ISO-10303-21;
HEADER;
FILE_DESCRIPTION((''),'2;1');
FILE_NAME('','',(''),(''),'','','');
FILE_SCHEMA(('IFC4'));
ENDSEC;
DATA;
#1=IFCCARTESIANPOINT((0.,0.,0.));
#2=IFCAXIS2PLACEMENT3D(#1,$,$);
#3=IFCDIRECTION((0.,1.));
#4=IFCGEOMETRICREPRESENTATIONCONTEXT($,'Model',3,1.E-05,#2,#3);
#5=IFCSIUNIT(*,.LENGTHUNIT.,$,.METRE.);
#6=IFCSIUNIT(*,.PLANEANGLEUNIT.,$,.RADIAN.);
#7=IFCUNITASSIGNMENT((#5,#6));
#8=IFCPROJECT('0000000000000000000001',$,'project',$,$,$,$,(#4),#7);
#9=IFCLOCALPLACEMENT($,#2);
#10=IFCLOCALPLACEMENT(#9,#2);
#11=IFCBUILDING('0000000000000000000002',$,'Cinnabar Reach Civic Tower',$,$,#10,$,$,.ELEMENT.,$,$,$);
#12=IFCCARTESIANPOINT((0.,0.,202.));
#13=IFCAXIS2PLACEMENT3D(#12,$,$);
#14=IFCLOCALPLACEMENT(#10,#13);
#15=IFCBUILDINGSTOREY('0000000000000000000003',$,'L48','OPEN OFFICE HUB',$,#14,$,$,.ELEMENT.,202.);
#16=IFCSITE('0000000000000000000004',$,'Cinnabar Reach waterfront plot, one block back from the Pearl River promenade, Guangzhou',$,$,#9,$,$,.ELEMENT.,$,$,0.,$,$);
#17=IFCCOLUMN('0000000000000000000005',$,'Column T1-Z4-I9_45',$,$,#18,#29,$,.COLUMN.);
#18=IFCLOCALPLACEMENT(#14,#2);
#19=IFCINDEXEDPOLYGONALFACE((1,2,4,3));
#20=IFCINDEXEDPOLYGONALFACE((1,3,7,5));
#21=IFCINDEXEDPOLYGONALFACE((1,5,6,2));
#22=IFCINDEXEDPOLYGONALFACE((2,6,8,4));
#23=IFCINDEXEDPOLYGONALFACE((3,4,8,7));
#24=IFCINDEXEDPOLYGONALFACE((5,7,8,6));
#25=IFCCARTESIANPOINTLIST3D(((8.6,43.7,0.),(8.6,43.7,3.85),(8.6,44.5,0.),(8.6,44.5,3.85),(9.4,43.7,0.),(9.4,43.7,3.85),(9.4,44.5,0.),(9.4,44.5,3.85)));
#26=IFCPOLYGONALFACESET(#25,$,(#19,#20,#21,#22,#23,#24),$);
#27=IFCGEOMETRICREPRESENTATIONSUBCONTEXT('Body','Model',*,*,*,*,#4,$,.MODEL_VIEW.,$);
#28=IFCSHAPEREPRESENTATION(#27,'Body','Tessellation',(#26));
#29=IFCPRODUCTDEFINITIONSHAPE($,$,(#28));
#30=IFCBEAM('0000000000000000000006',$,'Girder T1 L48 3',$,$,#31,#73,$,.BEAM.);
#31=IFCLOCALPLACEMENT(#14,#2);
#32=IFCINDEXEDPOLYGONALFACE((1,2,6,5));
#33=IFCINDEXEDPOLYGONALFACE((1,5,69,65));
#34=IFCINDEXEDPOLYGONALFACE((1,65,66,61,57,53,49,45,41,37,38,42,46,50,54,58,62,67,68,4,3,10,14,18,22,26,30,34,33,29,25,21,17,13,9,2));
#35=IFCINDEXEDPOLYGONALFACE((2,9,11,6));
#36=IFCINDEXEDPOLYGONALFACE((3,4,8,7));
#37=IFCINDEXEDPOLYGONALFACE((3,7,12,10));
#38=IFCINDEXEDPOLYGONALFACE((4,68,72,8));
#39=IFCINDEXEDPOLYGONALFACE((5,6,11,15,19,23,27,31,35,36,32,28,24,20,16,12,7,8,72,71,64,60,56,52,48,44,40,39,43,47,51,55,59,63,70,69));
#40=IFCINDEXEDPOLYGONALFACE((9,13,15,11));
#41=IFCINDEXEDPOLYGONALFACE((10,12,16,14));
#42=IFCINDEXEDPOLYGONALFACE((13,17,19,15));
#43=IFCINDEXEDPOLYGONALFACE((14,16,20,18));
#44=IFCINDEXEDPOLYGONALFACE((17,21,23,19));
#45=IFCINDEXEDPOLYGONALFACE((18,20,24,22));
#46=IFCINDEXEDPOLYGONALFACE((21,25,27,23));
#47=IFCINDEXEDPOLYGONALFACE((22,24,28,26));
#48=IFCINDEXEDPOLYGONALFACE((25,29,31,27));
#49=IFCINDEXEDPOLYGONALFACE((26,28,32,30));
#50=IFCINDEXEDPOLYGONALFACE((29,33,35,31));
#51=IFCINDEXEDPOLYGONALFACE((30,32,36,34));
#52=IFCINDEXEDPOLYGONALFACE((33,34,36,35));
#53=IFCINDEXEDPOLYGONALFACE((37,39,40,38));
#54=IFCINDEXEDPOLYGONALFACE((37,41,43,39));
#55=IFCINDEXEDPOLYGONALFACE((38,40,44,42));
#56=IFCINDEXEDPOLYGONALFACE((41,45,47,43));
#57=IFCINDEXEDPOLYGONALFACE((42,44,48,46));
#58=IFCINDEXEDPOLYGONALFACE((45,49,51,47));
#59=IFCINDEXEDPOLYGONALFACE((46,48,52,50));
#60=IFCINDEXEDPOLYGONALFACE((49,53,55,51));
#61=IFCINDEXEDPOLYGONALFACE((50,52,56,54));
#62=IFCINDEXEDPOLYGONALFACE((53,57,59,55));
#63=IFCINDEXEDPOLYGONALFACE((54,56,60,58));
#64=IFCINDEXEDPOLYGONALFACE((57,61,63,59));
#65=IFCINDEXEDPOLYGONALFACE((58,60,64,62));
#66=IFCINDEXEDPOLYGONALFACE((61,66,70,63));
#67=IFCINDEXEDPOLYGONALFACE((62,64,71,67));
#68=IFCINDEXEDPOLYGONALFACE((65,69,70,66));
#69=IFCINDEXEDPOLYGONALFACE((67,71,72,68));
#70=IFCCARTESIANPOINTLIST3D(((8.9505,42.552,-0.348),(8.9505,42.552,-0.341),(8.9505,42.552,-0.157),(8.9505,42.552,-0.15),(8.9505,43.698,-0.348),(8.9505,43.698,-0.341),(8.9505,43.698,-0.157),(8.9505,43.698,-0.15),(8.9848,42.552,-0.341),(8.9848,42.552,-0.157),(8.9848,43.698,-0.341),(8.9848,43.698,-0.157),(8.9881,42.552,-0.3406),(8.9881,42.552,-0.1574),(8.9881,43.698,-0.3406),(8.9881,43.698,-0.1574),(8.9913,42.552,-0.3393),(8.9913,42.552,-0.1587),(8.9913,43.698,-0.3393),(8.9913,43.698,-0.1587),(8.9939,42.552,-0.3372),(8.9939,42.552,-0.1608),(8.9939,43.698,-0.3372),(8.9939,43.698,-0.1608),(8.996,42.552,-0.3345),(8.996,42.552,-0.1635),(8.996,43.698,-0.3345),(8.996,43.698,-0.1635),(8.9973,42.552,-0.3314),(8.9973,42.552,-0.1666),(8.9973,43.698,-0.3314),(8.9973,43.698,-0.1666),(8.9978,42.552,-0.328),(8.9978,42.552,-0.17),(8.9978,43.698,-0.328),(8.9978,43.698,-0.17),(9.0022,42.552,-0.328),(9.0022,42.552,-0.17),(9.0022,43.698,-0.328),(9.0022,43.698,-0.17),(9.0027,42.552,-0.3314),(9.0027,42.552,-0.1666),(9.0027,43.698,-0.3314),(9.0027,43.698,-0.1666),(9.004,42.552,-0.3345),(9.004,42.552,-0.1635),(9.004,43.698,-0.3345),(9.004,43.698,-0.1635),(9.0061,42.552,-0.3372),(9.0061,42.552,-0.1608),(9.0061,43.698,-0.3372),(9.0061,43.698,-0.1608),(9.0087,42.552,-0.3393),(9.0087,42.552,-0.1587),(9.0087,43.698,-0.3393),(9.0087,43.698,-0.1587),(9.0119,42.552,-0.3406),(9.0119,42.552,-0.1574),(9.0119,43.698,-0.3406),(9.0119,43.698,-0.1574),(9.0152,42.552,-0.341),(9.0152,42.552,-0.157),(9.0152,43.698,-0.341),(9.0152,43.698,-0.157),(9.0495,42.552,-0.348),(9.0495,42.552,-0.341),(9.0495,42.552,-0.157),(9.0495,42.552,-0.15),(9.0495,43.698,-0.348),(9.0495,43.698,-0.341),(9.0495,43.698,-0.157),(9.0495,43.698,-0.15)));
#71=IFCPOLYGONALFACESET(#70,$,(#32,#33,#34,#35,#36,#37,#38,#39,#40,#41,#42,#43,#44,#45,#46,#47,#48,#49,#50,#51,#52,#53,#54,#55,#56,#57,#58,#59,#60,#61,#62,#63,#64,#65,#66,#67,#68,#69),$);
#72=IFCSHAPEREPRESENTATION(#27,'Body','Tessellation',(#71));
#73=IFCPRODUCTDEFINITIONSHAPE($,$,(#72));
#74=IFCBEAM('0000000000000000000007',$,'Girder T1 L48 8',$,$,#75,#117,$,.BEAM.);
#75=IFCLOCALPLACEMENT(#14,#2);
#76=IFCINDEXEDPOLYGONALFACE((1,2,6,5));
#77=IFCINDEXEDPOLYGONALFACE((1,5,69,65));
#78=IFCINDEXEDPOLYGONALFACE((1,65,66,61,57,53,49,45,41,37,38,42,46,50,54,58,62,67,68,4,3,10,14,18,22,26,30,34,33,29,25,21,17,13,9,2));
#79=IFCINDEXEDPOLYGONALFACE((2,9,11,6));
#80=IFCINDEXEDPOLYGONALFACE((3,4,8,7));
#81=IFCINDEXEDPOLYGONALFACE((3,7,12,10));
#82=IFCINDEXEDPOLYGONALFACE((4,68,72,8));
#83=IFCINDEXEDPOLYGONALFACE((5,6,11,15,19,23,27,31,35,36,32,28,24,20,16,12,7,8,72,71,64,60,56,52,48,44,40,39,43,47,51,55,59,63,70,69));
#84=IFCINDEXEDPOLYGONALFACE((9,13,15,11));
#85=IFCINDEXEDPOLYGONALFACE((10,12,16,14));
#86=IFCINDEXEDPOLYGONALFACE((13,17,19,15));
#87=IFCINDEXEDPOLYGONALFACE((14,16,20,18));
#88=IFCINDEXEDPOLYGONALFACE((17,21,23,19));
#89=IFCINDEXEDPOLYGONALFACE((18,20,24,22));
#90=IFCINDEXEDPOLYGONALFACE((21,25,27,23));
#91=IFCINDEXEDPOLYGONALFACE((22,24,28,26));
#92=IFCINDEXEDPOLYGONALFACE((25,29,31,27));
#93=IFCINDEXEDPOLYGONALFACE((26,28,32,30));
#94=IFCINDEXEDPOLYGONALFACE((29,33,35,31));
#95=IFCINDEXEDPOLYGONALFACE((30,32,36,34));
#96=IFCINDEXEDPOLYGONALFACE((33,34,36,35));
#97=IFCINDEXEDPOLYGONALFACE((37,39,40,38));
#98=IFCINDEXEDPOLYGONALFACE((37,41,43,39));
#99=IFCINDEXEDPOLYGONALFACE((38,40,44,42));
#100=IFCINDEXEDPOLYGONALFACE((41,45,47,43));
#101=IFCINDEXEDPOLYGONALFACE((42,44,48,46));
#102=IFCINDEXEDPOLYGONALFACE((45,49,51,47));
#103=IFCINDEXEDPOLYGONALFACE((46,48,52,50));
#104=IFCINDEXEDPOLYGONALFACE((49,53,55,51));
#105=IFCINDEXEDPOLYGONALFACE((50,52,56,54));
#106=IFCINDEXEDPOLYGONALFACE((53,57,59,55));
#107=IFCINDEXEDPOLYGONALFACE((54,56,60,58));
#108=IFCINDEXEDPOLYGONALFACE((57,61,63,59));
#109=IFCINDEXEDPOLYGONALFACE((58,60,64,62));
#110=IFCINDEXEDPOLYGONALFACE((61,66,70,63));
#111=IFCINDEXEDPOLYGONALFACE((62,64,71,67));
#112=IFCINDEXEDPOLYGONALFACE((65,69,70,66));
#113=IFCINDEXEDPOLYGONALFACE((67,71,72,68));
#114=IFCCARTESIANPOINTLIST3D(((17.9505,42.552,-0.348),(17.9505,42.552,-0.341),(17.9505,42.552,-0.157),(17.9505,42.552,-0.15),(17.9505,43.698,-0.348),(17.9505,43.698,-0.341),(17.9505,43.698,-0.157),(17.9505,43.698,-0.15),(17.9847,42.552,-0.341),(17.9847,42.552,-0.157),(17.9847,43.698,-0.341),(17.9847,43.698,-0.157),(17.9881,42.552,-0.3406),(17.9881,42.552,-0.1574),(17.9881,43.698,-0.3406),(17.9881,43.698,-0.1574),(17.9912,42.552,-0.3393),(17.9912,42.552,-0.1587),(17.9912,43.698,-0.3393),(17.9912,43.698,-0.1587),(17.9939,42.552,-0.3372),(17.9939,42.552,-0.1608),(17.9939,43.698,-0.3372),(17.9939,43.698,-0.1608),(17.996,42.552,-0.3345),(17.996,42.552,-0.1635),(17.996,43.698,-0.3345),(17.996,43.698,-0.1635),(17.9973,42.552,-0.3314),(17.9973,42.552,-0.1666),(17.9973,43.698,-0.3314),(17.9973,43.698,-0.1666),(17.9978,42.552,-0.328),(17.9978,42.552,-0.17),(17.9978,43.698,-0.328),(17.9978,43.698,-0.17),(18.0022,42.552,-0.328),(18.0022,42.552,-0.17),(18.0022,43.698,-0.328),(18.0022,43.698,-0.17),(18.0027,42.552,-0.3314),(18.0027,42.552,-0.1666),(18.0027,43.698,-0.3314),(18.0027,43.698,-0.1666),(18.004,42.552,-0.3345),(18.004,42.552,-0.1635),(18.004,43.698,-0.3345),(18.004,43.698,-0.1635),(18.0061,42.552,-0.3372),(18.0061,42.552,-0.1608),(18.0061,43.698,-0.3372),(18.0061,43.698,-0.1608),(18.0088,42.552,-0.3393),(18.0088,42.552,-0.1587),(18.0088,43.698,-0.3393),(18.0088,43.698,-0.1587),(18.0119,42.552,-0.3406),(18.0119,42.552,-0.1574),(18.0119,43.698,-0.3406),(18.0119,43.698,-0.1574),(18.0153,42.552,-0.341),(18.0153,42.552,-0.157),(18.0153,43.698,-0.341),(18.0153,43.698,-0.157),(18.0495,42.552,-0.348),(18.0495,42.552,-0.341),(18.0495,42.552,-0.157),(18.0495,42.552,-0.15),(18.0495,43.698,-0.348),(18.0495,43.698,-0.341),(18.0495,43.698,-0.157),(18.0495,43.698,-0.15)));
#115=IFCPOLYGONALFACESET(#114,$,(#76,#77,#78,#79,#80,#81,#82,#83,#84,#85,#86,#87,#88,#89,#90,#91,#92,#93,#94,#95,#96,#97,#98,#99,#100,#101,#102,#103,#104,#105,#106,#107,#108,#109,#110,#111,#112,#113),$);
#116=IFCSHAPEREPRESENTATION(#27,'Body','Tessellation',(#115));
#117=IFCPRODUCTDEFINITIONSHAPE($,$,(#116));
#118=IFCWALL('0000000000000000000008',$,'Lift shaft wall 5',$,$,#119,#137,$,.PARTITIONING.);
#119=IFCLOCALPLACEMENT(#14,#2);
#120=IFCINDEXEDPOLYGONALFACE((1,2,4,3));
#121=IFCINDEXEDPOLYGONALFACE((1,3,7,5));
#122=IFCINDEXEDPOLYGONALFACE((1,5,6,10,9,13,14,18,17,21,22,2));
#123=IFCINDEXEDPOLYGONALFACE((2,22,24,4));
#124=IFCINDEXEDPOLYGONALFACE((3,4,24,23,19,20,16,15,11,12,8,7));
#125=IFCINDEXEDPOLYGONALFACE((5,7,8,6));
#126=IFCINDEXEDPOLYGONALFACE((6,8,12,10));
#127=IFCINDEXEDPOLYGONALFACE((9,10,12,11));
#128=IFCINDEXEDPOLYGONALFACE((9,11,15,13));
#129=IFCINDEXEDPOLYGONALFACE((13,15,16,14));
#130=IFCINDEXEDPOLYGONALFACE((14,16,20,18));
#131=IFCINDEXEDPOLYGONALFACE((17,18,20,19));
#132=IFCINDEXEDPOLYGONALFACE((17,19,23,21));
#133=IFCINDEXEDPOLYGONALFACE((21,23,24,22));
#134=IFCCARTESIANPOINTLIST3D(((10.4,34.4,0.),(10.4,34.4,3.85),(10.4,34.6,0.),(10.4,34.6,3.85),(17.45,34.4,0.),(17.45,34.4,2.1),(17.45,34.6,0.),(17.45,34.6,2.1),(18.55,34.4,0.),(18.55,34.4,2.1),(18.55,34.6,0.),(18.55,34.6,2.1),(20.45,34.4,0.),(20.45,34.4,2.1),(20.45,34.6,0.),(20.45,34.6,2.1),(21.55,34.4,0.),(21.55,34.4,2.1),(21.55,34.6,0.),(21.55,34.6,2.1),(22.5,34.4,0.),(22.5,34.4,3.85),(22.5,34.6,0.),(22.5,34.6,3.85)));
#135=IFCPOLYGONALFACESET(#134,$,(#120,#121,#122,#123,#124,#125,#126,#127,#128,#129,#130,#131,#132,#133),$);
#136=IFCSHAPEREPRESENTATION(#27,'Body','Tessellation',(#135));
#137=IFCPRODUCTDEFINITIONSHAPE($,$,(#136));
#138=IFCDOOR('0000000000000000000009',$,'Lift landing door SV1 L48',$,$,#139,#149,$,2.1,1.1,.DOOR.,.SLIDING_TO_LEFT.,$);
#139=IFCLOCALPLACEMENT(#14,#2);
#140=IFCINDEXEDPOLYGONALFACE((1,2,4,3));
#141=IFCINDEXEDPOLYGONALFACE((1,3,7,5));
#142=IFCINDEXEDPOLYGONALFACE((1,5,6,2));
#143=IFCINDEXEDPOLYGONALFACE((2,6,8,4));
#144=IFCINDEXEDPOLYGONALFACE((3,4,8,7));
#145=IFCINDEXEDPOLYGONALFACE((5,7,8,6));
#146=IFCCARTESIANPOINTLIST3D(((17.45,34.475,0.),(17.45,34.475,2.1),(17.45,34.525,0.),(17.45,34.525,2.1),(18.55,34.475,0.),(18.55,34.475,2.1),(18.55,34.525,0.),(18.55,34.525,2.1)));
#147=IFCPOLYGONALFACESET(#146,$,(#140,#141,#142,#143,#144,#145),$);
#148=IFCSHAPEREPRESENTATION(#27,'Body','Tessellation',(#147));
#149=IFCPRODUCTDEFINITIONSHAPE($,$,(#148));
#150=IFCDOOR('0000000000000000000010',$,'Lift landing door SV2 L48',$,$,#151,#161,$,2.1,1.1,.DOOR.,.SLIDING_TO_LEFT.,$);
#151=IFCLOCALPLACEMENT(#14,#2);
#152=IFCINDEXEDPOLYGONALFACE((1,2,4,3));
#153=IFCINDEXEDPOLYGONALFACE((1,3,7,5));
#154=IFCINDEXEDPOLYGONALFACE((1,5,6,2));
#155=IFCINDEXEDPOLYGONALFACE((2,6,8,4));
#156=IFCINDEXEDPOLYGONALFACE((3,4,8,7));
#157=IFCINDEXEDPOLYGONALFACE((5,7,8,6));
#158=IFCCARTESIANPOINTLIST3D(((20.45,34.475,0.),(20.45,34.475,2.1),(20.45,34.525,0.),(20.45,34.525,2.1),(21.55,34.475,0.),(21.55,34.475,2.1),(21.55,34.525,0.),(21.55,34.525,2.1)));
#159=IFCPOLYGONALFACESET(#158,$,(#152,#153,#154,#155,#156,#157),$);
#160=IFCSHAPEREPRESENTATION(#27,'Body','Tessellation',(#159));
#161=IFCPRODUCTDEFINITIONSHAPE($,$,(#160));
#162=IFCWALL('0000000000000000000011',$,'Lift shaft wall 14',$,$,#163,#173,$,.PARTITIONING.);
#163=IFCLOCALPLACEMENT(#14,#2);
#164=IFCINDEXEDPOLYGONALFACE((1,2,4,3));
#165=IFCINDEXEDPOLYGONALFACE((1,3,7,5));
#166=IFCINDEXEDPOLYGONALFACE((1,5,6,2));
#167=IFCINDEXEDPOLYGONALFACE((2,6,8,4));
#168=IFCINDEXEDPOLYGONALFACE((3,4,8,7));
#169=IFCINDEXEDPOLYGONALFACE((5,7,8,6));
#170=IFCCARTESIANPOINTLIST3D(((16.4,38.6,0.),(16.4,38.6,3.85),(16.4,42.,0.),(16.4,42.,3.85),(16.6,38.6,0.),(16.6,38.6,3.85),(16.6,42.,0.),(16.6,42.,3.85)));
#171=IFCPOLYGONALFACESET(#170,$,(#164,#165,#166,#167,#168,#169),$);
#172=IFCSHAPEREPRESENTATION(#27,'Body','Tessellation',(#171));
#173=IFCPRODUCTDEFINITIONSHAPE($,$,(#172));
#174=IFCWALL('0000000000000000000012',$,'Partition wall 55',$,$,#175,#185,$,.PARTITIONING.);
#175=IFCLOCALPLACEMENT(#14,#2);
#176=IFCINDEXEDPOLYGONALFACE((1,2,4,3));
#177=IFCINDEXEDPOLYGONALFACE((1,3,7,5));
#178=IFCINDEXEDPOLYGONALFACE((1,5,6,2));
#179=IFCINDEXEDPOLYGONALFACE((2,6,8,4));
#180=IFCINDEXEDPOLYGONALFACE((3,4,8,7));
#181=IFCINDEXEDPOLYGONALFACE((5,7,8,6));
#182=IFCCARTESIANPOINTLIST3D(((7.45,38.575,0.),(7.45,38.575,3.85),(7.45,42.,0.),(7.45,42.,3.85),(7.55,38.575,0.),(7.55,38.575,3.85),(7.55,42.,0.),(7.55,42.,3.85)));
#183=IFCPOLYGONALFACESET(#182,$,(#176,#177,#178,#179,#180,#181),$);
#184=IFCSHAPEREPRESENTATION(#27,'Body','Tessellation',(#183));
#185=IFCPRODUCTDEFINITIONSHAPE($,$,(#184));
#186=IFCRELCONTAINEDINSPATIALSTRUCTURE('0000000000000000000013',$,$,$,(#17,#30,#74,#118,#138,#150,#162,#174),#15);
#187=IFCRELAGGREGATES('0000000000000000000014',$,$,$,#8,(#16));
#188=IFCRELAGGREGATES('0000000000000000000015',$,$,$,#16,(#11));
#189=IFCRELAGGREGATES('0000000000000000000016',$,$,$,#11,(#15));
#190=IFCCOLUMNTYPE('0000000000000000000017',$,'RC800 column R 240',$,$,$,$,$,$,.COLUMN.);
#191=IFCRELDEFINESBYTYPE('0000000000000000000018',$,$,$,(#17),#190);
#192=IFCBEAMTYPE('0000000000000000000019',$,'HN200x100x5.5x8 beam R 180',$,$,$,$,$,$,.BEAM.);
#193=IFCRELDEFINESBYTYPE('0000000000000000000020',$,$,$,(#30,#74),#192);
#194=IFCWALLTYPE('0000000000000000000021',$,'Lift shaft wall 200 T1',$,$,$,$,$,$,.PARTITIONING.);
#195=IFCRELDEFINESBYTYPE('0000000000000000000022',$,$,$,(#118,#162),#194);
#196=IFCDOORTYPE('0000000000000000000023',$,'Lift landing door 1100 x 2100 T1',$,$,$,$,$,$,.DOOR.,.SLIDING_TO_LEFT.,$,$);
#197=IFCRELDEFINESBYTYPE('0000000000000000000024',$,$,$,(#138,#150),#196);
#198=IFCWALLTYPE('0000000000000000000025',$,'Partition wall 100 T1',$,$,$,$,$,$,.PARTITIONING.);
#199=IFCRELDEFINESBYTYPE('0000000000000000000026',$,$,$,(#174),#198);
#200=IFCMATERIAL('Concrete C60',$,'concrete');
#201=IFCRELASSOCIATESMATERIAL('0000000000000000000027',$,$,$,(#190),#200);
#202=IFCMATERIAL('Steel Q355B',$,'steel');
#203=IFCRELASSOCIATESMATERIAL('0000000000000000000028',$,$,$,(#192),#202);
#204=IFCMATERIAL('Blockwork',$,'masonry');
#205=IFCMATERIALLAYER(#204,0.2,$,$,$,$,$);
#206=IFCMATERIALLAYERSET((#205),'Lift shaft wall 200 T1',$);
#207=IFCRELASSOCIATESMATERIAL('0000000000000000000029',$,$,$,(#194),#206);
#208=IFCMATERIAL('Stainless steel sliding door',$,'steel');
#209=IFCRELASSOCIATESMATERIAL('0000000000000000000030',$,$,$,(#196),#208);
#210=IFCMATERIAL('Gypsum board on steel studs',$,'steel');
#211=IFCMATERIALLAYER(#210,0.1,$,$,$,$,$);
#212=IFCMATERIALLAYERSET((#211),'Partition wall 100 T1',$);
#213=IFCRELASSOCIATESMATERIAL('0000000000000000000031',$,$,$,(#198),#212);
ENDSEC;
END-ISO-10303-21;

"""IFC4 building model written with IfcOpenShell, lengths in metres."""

from ifc_helpers import new_model, si_unit, direction, frame, frame_2d, origin, origin_2d, place, context, subcontext, project, spatial, rectangle, i_section, extrude, material, layer, layer_set, material_profile, profile_set, type_object, element, fill, save


model = new_model("IFC4")

# Units and contexts
model_context = context("Model", 3, precision=1e-05, world=origin(), true_north=direction((0.0, 1.0)))
body_context = subcontext(model_context, "Body", "Model", "MODEL_VIEW")
ifc_project = project(units=[si_unit("LENGTHUNIT", "METRE"), si_unit("PLANEANGLEUNIT", "RADIAN")], contexts=[model_context])

# Site, building, storey
site_placement = place(None, origin())
site = spatial("IfcSite", under=ifc_project, at=site_placement, Name="Cinnabar Reach waterfront plot, one block back from the Pearl River promenade, Guangzhou", CompositionType="ELEMENT", RefElevation=0.0)
building_placement = place(site_placement, origin())
building = spatial("IfcBuilding", under=site, at=building_placement, Name="Cinnabar Reach Civic Tower", CompositionType="ELEMENT")
storey_placement = place(building_placement, frame((0.0, 0.0, 202.0)))
storey = spatial("IfcBuildingStorey", under=building, at=storey_placement, Name="L48", Description="OPEN OFFICE HUB", CompositionType="ELEMENT", Elevation=202.0)

# Column
ifc_material_1 = material(Name="Concrete C60", Category="concrete")
ifc_material_profile_1 = material_profile(ifc_material_1, rectangle(XDim=0.8, YDim=0.8, at=origin_2d()), Name="RC800")
ifc_profile_set_1 = profile_set([ifc_material_profile_1], Name="Concrete C60")
column_type = type_object("IfcColumnType", Name="RC800 column R 240", PredefinedType="COLUMN", material=ifc_profile_set_1)
column_placement = place(storey_placement, frame((9.0, 44.1, 0.0), z_axis=(0.0, 0.0, 1.0), x_axis=(1.0, 0.0, 0.0)))
element("IfcColumn", 1, at=column_placement, inside=storey, type_object=column_type, Name="Column T1-Z4-I9_45", PredefinedType="COLUMN", context=body_context, shape_type="SweptSolid", body=[
    extrude(rectangle(XDim=0.8, YDim=0.8, at=origin_2d()), origin(), (0.0, 0.0, 1.0), 3.85),
])

# Beams
ifc_material_2 = material(Name="Steel Q355B", Category="steel")
ifc_material_profile_2 = material_profile(ifc_material_2, i_section(OverallWidth=0.099, OverallDepth=0.198, WebThickness=0.0045, FlangeThickness=0.007, FilletRadius=0.013, at=origin_2d()), Name="HN200x100x5.5x8")
ifc_profile_set_2 = profile_set([ifc_material_profile_2], Name="Steel Q355B")
beam_type = type_object("IfcBeamType", Name="HN200x100x5.5x8 beam R 180", PredefinedType="BEAM", material=ifc_profile_set_2)
for number, where, z_axis, x_axis, name in (
    (2, (9.0, 42.552, -0.249), (0.0, 1.0, 0.0), (-1.0, 0.0, 0.0), "Girder T1 L48 3"),
    (3, (18.0, 42.552, -0.249), (0.0, 1.0, 0.0), (-1.0, 0.0, 0.0), "Girder T1 L48 8"),
):
    element("IfcBeam", number, at=place(storey_placement, frame(where, z_axis=z_axis, x_axis=x_axis)), inside=storey, type_object=beam_type, Name=name, PredefinedType="BEAM", context=body_context, shape_type="SweptSolid", body=[
        extrude(i_section(OverallWidth=0.099, OverallDepth=0.198, WebThickness=0.0045, FlangeThickness=0.007, FilletRadius=0.013, at=origin_2d()), origin(), (0.0, 0.0, 1.0), 1.146),
    ])

# Wall, openings, doors
ifc_material_3 = material(Name="Blockwork", Category="masonry")
ifc_layer_1 = layer(ifc_material_3, 0.2)
ifc_layer_set_1 = layer_set([ifc_layer_1], Name="Lift shaft wall 200 T1")
wall_type_1 = type_object("IfcWallType", Name="Lift shaft wall 200 T1", PredefinedType="PARTITIONING", material=ifc_layer_set_1)
wall_1_placement = place(storey_placement, frame((10.4, 34.5, 0.0), z_axis=(0.0, 0.0, 1.0), x_axis=(1.0, 0.0, 0.0)))
wall_1 = element("IfcWall", 4, at=wall_1_placement, inside=storey, type_object=wall_type_1, Name="Lift shaft wall 5", PredefinedType="PARTITIONING", context=body_context, shape_type="SweptSolid", body=[
    extrude(rectangle(XDim=12.1, YDim=0.2, at=frame_2d((6.05, 0.0))), origin(), (0.0, 0.0, 1.0), 3.85),
])
opening_1_placement = place(wall_1_placement, frame((7.05, 0.0, 0.0)))
opening_1 = element("IfcOpeningElement", 5, at=opening_1_placement, cuts=wall_1, PredefinedType="OPENING", context=body_context, shape_type="SweptSolid", body=[
    extrude(rectangle(XDim=1.1, YDim=2.1, at=frame_2d((0.55, 1.05))), frame((0.0, 0.11, 0.0), z_axis=(0.0, -1.0, 0.0), x_axis=(1.0, 0.0, 0.0)), (0.0, 0.0, 1.0), 0.22),
])
opening_2_placement = place(wall_1_placement, frame((10.05, 0.0, 0.0)))
opening_2 = element("IfcOpeningElement", 6, at=opening_2_placement, cuts=wall_1, PredefinedType="OPENING", context=body_context, shape_type="SweptSolid", body=[
    extrude(rectangle(XDim=1.1, YDim=2.1, at=frame_2d((0.55, 1.05))), frame((0.0, 0.11, 0.0), z_axis=(0.0, -1.0, 0.0), x_axis=(1.0, 0.0, 0.0)), (0.0, 0.0, 1.0), 0.22),
])
ifc_material_4 = material(Name="Stainless steel sliding door", Category="steel")
door_type_1 = type_object("IfcDoorType", Name="Lift landing door 1100 x 2100 T1", OperationType="SLIDING_TO_LEFT", PredefinedType="DOOR", material=ifc_material_4)
door_1_placement = place(opening_1_placement, origin())
door_1 = element("IfcDoor", 7, at=door_1_placement, inside=storey, type_object=door_type_1, Name="Lift landing door SV1 L48", OperationType="SLIDING_TO_LEFT", OverallHeight=2.1, OverallWidth=1.1, PredefinedType="DOOR", context=body_context, shape_type="SweptSolid", body=[
    extrude(rectangle(XDim=1.1, YDim=2.1, at=frame_2d((0.55, 1.05))), frame((0.0, 0.025, 0.0), z_axis=(0.0, -1.0, 0.0), x_axis=(1.0, 0.0, 0.0)), (0.0, 0.0, 1.0), 0.05),
])
fill(opening_1, door_1)
door_2_placement = place(opening_2_placement, origin())
door_2 = element("IfcDoor", 8, at=door_2_placement, inside=storey, type_object=door_type_1, Name="Lift landing door SV2 L48", OperationType="SLIDING_TO_LEFT", OverallHeight=2.1, OverallWidth=1.1, PredefinedType="DOOR", context=body_context, shape_type="SweptSolid", body=[
    extrude(rectangle(XDim=1.1, YDim=2.1, at=frame_2d((0.55, 1.05))), frame((0.0, 0.025, 0.0), z_axis=(0.0, -1.0, 0.0), x_axis=(1.0, 0.0, 0.0)), (0.0, 0.0, 1.0), 0.05),
])
fill(opening_2, door_2)

# Walls
wall_2_placement = place(storey_placement, frame((16.5, 38.6, 0.0), z_axis=(0.0, 0.0, 1.0), x_axis=(0.0, 1.0, 0.0)))
element("IfcWall", 9, at=wall_2_placement, inside=storey, type_object=wall_type_1, Name="Lift shaft wall 14", PredefinedType="PARTITIONING", context=body_context, shape_type="SweptSolid", body=[
    extrude(rectangle(XDim=3.4, YDim=0.2, at=frame_2d((1.7, 0.0))), origin(), (0.0, 0.0, 1.0), 3.85),
])
ifc_material_5 = material(Name="Gypsum board on steel studs", Category="steel")
ifc_layer_2 = layer(ifc_material_5, 0.1)
ifc_layer_set_2 = layer_set([ifc_layer_2], Name="Partition wall 100 T1")
wall_type_2 = type_object("IfcWallType", Name="Partition wall 100 T1", PredefinedType="PARTITIONING", material=ifc_layer_set_2)
for number, where, z_axis, x_axis, name in (
    (10, (7.5, 38.575, 0.0), (0.0, 0.0, 1.0), (0.0, 1.0, 0.0), "Partition wall 55"),
):
    element("IfcWall", number, at=place(storey_placement, frame(where, z_axis=z_axis, x_axis=x_axis)), inside=storey, type_object=wall_type_2, Name=name, PredefinedType="PARTITIONING", context=body_context, shape_type="SweptSolid", body=[
        extrude(rectangle(XDim=3.425, YDim=0.1, at=frame_2d((1.7125, 0.0))), origin(), (0.0, 0.0, 1.0), 3.85),
    ])

save(model, "model.ifc")
